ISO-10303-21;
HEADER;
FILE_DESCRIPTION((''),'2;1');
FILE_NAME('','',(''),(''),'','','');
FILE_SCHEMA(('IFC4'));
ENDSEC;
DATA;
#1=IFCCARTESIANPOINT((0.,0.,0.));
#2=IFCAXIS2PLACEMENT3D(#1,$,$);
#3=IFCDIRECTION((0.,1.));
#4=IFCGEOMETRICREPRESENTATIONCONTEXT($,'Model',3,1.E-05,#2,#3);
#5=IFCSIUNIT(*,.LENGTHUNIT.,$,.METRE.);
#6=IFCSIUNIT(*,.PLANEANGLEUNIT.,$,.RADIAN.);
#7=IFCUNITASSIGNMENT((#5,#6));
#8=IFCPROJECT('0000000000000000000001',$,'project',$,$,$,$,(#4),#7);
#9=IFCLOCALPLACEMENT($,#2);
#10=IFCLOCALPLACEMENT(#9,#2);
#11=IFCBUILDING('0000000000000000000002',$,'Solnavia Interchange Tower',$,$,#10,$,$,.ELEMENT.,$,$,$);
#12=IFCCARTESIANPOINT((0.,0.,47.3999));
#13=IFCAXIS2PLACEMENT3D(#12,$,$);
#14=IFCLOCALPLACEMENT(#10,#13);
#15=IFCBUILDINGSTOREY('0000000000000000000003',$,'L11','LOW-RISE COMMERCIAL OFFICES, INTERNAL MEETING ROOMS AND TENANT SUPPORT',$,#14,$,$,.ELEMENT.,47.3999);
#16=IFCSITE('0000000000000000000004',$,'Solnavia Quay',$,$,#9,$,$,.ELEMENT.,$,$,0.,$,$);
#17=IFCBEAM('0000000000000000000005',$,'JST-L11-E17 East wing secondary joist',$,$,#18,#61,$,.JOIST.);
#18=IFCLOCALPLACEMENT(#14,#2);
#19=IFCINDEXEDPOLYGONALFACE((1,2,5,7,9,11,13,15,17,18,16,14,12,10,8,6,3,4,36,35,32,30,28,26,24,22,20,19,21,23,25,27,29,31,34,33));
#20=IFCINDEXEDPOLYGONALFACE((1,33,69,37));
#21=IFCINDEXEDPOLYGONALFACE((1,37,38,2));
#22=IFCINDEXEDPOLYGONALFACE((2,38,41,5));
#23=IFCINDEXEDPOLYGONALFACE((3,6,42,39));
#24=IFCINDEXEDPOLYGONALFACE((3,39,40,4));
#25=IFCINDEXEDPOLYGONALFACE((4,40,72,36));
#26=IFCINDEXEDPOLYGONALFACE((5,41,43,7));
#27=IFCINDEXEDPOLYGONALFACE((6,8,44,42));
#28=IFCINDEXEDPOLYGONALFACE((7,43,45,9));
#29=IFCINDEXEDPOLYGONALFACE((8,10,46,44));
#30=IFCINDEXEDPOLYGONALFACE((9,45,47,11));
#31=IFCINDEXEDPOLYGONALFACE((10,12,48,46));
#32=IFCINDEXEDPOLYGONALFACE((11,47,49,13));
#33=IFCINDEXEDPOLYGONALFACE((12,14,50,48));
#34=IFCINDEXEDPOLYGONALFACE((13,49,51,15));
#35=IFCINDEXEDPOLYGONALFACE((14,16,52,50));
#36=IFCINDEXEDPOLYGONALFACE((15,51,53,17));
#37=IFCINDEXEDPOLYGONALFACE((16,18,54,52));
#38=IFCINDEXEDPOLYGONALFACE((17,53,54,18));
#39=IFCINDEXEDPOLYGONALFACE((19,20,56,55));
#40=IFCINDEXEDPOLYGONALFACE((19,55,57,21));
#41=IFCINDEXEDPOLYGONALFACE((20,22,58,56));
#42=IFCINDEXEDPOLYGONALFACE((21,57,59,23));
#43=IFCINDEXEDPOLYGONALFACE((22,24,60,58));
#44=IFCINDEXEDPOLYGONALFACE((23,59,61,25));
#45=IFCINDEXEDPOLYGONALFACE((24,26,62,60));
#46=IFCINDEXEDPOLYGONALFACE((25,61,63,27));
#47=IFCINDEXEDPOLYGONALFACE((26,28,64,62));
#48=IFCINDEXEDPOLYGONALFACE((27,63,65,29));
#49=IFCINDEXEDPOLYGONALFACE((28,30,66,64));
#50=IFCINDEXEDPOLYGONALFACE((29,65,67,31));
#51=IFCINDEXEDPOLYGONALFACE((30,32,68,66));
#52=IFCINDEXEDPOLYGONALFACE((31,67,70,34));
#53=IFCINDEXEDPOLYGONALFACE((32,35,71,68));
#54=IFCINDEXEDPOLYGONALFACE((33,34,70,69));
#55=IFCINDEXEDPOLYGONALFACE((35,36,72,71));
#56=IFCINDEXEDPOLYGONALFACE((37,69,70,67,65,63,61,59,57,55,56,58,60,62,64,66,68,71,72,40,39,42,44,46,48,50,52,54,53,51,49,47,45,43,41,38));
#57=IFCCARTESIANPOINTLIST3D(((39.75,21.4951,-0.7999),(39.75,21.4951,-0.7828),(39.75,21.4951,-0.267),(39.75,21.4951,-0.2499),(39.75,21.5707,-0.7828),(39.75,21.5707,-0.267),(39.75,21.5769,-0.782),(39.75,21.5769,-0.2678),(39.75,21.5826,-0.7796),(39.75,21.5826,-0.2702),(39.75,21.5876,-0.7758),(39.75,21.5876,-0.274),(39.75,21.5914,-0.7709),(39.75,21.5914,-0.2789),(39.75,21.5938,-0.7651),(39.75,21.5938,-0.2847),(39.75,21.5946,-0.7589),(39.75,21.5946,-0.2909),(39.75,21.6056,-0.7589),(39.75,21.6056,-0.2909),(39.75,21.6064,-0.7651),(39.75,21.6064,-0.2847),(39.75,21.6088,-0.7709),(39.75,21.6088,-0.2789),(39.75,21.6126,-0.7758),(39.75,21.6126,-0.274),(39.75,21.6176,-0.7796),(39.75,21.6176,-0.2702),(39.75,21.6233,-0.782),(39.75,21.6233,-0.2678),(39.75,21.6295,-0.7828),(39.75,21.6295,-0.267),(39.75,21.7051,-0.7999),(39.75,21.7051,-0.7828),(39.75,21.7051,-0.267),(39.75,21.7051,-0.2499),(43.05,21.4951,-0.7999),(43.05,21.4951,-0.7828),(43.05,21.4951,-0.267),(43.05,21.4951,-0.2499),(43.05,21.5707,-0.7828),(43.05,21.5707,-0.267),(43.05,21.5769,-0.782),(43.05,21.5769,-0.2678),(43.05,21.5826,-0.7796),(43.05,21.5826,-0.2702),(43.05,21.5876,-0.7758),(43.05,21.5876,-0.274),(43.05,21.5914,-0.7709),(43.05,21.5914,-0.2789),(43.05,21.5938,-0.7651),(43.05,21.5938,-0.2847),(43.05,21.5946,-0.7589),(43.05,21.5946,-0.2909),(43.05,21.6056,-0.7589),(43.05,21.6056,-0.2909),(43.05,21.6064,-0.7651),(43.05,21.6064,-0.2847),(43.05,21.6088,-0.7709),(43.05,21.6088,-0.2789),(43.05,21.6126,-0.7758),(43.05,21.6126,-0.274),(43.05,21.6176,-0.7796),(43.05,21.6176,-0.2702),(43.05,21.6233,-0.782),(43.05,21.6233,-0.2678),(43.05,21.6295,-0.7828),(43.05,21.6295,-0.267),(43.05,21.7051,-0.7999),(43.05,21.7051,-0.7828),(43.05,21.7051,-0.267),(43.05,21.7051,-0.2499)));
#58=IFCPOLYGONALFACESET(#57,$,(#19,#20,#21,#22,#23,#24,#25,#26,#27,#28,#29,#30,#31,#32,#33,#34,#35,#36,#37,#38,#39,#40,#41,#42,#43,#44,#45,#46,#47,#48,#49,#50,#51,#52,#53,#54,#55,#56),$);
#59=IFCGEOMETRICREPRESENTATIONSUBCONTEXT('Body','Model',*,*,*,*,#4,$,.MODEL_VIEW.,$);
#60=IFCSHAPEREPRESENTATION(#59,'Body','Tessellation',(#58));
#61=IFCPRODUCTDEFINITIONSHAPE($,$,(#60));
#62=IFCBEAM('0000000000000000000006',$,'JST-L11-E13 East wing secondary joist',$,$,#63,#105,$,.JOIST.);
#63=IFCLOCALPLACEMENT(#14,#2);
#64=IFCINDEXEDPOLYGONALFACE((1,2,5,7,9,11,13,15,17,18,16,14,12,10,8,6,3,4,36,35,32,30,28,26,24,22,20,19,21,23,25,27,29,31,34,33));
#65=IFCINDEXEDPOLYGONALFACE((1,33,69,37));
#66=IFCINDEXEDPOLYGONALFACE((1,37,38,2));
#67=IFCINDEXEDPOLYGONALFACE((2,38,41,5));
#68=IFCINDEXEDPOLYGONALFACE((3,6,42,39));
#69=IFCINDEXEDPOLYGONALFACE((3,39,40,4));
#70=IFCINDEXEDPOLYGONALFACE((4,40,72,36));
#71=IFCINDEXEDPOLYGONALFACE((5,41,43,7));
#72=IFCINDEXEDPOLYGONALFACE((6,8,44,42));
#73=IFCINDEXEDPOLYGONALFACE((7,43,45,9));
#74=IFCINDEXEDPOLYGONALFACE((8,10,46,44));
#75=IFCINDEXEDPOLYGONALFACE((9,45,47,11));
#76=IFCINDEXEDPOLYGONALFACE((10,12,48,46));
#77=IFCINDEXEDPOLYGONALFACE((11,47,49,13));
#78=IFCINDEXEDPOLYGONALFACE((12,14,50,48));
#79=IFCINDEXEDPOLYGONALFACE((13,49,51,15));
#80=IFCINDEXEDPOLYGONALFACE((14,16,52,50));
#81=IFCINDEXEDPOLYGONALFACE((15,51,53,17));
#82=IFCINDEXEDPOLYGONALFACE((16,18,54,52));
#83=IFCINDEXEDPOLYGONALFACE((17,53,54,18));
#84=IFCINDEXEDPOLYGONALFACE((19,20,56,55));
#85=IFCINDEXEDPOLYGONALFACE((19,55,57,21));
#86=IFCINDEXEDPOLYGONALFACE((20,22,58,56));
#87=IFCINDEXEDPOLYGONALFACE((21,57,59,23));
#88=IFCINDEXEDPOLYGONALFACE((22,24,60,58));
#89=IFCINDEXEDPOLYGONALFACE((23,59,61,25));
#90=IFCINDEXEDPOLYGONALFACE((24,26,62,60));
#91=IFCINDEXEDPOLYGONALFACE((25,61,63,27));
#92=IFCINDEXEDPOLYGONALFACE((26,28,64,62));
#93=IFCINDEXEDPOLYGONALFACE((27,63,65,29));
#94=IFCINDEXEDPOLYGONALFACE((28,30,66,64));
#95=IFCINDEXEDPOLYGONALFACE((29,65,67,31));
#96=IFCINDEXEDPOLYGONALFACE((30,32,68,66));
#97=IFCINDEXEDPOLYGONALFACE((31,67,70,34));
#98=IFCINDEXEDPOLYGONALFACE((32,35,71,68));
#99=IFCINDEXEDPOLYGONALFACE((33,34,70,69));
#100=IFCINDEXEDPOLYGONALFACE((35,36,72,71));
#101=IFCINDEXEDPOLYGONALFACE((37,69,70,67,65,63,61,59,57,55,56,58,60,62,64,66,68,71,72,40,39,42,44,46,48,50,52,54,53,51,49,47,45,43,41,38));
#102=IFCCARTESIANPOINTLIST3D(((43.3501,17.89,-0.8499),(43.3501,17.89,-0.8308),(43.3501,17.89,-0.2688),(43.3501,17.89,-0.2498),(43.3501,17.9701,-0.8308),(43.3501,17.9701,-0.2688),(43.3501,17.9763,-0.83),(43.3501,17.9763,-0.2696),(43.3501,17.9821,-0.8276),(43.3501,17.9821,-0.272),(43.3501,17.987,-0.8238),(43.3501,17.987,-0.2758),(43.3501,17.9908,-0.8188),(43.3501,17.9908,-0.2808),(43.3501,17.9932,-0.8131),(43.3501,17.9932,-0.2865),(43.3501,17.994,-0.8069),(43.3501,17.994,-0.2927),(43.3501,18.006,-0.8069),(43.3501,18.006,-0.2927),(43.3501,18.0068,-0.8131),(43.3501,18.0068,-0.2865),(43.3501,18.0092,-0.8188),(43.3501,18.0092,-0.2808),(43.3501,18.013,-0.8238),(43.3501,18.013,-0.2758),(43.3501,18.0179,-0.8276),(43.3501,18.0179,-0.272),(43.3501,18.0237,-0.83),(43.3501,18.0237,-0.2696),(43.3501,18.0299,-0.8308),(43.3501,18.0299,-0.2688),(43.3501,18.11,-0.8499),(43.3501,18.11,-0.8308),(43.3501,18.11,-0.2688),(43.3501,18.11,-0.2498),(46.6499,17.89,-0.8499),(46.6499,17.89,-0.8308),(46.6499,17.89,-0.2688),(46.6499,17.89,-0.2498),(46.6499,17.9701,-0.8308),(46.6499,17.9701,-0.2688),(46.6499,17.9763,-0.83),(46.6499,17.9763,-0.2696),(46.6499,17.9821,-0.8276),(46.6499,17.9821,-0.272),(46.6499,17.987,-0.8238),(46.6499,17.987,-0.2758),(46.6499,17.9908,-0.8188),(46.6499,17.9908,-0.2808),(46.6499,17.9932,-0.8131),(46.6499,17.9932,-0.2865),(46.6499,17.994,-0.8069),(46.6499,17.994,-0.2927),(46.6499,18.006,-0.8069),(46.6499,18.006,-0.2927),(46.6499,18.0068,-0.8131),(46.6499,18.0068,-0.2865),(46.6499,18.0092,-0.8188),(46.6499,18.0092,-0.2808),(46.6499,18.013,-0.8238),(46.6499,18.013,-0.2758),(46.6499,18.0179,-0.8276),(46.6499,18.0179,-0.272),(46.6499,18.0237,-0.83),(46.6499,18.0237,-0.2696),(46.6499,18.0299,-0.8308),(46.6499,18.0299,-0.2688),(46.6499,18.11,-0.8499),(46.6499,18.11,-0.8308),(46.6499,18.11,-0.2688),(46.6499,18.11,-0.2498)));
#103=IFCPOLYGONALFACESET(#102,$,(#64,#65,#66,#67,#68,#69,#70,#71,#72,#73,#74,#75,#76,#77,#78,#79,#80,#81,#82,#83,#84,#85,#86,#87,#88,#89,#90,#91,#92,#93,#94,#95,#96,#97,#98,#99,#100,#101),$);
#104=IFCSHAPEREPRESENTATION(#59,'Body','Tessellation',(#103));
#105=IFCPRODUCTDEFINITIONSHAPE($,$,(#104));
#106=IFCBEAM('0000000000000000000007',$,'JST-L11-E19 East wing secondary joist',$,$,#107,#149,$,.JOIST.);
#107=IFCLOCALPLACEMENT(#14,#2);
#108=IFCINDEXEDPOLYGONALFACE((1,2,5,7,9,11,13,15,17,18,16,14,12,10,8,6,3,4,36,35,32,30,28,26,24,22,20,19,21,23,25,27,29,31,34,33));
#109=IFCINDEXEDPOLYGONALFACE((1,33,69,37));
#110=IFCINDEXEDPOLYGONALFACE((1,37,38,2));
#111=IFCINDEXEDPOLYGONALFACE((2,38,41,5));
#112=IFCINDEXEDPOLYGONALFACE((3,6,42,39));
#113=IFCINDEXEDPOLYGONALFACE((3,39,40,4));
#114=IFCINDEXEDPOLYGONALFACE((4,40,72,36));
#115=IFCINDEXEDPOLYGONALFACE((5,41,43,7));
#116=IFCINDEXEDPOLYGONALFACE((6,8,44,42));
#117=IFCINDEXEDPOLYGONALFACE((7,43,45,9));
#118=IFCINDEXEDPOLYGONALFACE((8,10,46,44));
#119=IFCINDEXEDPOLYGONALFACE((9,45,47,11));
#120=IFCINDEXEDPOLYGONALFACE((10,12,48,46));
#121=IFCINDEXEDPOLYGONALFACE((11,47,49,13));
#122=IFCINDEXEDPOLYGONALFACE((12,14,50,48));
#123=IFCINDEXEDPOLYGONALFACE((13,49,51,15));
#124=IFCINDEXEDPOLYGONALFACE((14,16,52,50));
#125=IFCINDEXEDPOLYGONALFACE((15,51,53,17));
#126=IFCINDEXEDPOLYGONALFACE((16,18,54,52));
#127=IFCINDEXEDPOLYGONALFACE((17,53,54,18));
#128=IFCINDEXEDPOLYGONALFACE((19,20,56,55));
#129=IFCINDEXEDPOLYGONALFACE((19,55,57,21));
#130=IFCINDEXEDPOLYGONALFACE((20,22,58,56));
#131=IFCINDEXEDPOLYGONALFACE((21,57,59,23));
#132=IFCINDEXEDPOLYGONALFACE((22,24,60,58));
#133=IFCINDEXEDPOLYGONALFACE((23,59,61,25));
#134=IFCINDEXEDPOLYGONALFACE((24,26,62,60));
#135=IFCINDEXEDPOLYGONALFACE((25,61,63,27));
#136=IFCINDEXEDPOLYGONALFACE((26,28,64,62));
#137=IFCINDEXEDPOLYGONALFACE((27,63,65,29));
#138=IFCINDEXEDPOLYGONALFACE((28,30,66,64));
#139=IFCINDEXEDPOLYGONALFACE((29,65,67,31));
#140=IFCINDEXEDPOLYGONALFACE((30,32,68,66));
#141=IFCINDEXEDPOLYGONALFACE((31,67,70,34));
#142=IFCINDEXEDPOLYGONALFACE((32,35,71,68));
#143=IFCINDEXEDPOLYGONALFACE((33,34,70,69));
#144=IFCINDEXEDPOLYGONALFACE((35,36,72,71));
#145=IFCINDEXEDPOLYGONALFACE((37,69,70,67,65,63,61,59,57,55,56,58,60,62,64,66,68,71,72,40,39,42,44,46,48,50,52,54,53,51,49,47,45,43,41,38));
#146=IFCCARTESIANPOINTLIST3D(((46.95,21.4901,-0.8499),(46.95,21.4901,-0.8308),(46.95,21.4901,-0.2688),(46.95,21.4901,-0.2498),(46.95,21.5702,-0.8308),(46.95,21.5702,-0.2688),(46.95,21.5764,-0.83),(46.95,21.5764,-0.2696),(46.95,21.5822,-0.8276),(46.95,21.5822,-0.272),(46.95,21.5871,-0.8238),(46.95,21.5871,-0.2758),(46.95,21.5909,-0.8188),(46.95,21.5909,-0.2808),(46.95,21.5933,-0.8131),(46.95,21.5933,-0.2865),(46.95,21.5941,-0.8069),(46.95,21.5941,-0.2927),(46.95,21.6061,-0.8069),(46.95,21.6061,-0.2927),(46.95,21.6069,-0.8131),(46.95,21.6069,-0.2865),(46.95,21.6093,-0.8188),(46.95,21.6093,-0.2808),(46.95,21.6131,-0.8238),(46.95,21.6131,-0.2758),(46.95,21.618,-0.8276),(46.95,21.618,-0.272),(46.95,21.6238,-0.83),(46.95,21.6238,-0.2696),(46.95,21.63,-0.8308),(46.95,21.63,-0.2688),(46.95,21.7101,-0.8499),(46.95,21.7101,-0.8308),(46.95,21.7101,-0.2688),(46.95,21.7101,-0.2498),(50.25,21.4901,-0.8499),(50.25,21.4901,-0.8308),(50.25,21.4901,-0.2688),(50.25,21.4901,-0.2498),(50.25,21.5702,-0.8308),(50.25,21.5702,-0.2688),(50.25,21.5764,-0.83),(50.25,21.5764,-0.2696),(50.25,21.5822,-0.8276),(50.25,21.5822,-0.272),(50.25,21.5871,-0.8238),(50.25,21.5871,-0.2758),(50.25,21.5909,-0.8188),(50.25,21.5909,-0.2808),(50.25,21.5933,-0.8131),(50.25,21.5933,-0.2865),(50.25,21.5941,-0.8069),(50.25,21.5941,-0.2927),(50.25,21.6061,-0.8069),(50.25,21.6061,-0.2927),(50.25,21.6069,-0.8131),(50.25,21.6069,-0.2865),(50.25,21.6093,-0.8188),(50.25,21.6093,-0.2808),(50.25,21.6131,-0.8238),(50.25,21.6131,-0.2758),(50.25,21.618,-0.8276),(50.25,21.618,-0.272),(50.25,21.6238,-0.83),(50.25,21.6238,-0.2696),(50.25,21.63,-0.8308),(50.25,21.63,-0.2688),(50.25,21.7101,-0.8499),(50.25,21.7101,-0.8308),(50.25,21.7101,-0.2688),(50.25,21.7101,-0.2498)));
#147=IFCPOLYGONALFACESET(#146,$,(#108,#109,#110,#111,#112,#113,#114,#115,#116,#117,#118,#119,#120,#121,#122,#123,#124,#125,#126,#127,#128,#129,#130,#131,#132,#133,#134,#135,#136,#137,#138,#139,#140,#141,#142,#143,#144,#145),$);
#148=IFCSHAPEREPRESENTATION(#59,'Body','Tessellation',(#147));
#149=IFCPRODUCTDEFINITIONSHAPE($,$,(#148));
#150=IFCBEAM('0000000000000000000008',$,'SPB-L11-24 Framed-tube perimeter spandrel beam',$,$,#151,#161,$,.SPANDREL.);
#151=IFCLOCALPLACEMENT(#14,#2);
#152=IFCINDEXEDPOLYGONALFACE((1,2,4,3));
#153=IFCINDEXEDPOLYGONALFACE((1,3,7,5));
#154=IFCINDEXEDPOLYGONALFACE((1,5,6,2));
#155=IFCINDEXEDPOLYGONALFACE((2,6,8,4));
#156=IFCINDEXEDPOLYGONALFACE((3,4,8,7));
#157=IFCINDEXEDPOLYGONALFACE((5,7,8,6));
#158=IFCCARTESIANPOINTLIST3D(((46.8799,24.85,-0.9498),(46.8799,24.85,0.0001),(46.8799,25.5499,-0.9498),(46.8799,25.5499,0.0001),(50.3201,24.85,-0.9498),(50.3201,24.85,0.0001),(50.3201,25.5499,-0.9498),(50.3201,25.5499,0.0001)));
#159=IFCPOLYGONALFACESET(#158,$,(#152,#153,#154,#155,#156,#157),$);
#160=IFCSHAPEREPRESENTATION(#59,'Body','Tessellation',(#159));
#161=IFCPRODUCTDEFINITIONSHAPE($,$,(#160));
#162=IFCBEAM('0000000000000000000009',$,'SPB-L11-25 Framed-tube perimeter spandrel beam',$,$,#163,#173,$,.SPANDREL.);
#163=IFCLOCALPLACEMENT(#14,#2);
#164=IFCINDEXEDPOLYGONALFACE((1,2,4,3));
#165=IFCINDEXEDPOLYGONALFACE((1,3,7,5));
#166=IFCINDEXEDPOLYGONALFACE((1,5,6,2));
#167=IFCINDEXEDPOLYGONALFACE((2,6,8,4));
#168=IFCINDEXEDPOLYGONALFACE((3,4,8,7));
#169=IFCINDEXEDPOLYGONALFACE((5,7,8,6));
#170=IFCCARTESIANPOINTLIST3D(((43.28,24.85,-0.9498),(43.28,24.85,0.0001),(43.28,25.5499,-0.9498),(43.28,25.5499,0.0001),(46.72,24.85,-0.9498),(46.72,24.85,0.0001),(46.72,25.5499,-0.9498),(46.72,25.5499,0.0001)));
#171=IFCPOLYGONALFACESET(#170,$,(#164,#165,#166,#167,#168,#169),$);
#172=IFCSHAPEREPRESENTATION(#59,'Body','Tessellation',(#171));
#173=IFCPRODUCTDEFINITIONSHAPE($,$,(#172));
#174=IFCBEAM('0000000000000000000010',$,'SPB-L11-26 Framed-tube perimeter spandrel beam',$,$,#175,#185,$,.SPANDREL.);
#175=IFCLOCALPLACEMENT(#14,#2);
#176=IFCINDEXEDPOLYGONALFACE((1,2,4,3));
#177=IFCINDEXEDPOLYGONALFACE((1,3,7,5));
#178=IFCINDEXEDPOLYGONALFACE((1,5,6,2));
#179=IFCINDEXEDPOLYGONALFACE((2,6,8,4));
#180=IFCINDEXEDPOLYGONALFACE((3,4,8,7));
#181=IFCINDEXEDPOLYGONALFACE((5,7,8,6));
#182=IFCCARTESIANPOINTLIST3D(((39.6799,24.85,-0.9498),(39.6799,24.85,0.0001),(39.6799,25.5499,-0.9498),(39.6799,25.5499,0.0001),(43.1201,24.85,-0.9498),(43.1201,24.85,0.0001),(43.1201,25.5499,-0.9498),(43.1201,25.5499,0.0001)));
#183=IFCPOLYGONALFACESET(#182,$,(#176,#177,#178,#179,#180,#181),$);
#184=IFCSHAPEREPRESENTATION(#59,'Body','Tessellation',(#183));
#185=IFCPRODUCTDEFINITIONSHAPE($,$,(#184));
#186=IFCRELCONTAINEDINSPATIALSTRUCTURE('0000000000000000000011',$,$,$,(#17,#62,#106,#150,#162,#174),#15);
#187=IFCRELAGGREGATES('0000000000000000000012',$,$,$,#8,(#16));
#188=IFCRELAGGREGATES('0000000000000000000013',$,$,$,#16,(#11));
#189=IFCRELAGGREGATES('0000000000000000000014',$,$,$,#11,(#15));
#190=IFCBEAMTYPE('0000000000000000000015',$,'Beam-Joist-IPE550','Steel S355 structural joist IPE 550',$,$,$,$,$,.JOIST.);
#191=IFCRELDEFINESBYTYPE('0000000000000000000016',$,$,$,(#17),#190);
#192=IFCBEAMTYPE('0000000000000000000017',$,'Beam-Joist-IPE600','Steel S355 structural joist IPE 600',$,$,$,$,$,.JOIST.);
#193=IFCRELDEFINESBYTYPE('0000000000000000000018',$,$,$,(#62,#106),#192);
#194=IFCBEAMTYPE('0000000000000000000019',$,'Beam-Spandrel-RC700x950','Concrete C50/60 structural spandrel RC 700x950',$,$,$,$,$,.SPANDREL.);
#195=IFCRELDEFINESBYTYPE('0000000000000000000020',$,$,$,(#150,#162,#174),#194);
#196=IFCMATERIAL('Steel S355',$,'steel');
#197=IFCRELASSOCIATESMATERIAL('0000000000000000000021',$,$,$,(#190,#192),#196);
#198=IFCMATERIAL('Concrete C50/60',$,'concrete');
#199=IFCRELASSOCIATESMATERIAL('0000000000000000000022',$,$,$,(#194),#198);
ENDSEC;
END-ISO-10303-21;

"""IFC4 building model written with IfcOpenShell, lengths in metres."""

from ifc_helpers import new_model, si_unit, direction, frame, origin, origin_2d, place, context, subcontext, project, spatial, rectangle, i_section, extrude, material, material_profile, profile_set, type_object, element, save


model = new_model("IFC4")

# Units and contexts
model_context = context("Model", 3, precision=1e-05, world=origin(), true_north=direction((0.0, 1.0)))
body_context = subcontext(model_context, "Body", "Model", "MODEL_VIEW")
ifc_project = project(units=[si_unit("LENGTHUNIT", "METRE"), si_unit("PLANEANGLEUNIT", "RADIAN")], contexts=[model_context])

# Site, building, storey
site_placement = place(None, origin())
site = spatial("IfcSite", under=ifc_project, at=site_placement, Name="Solnavia Quay", CompositionType="ELEMENT", RefElevation=0.0)
building_placement = place(site_placement, origin())
building = spatial("IfcBuilding", under=site, at=building_placement, Name="Solnavia Interchange Tower", CompositionType="ELEMENT")
storey_placement = place(building_placement, frame((0.0, 0.0, 47.3999)))
storey = spatial("IfcBuildingStorey", under=building, at=storey_placement, Name="L11", Description="LOW-RISE COMMERCIAL OFFICES, INTERNAL MEETING ROOMS AND TENANT SUPPORT", CompositionType="ELEMENT", Elevation=47.3999)

# Beams
ifc_material_1 = material(Name="Steel S355", Category="steel")
ifc_material_profile_1 = material_profile(ifc_material_1, i_section(OverallWidth=0.21, OverallDepth=0.55, WebThickness=0.011, FlangeThickness=0.0171, FilletRadius=0.0239, at=origin_2d()), Name="IPE 550")
ifc_profile_set_1 = profile_set([ifc_material_profile_1], Name="Steel S355")
beam_type_1 = type_object("IfcBeamType", Name="Beam-Joist-IPE550", Description="Steel S355 structural joist IPE 550", PredefinedType="JOIST", material=ifc_profile_set_1)
for number, where, z_axis, x_axis, name in (
    (1, (39.75, 21.6001, -0.5249), (1.0, 0.0, 0.0), (0.0, 1.0, 0.0), "JST-L11-E17 East wing secondary joist"),
):
    element("IfcBeam", number, at=place(storey_placement, frame(where, z_axis=z_axis, x_axis=x_axis)), inside=storey, type_object=beam_type_1, Name=name, PredefinedType="JOIST", context=body_context, shape_type="SweptSolid", body=[
        extrude(i_section(OverallWidth=0.21, OverallDepth=0.55, WebThickness=0.011, FlangeThickness=0.0171, FilletRadius=0.0239, at=origin_2d()), origin(), (0.0, 0.0, 1.0), 3.3),
    ])
ifc_material_profile_2 = material_profile(ifc_material_1, i_section(OverallWidth=0.22, OverallDepth=0.6001, WebThickness=0.012, FlangeThickness=0.019, FilletRadius=0.0239, at=origin_2d()), Name="IPE 600")
ifc_profile_set_2 = profile_set([ifc_material_profile_2], Name="Steel S355")
beam_type_2 = type_object("IfcBeamType", Name="Beam-Joist-IPE600", Description="Steel S355 structural joist IPE 600", PredefinedType="JOIST", material=ifc_profile_set_2)
beam_1_placement = place(storey_placement, frame((43.3501, 18.0, -0.5498), z_axis=(1.0, 0.0, 0.0), x_axis=(0.0, 1.0, 0.0)))
element("IfcBeam", 2, at=beam_1_placement, inside=storey, type_object=beam_type_2, Name="JST-L11-E13 East wing secondary joist", PredefinedType="JOIST", context=body_context, shape_type="SweptSolid", body=[
    extrude(i_section(OverallWidth=0.22, OverallDepth=0.6001, WebThickness=0.012, FlangeThickness=0.019, FilletRadius=0.0239, at=origin_2d()), origin(), (0.0, 0.0, 1.0), 3.2998),
])
beam_2_placement = place(storey_placement, frame((46.95, 21.6001, -0.5498), z_axis=(1.0, 0.0, 0.0), x_axis=(0.0, 1.0, 0.0)))
element("IfcBeam", 3, at=beam_2_placement, inside=storey, type_object=beam_type_2, Name="JST-L11-E19 East wing secondary joist", PredefinedType="JOIST", context=body_context, shape_type="SweptSolid", body=[
    extrude(i_section(OverallWidth=0.22, OverallDepth=0.6001, WebThickness=0.012, FlangeThickness=0.019, FilletRadius=0.0239, at=origin_2d()), origin(), (0.0, 0.0, 1.0), 3.3),
])
ifc_material_2 = material(Name="Concrete C50/60", Category="concrete")
ifc_material_profile_3 = material_profile(ifc_material_2, rectangle(XDim=0.7, YDim=0.95, at=origin_2d()), Name="RC 700x950")
ifc_profile_set_3 = profile_set([ifc_material_profile_3], Name="Concrete C50/60")
beam_type_3 = type_object("IfcBeamType", Name="Beam-Spandrel-RC700x950", Description="Concrete C50/60 structural spandrel RC 700x950", PredefinedType="SPANDREL", material=ifc_profile_set_3)
beam_3_placement = place(storey_placement, frame((50.3201, 25.2, -0.4749), z_axis=(-1.0, 0.0, 0.0), x_axis=(0.0, -1.0, 0.0)))
element("IfcBeam", 4, at=beam_3_placement, inside=storey, type_object=beam_type_3, Name="SPB-L11-24 Framed-tube perimeter spandrel beam", PredefinedType="SPANDREL", context=body_context, shape_type="SweptSolid", body=[
    extrude(rectangle(XDim=0.7, YDim=0.95, at=origin_2d()), origin(), (0.0, 0.0, 1.0), 3.4402),
])
beam_4_placement = place(storey_placement, frame((46.72, 25.2, -0.4749), z_axis=(-1.0, 0.0, 0.0), x_axis=(0.0, -1.0, 0.0)))
element("IfcBeam", 5, at=beam_4_placement, inside=storey, type_object=beam_type_3, Name="SPB-L11-25 Framed-tube perimeter spandrel beam", PredefinedType="SPANDREL", context=body_context, shape_type="SweptSolid", body=[
    extrude(rectangle(XDim=0.7, YDim=0.95, at=origin_2d()), origin(), (0.0, 0.0, 1.0), 3.4399),
])
beam_5_placement = place(storey_placement, frame((43.1201, 25.2, -0.4749), z_axis=(-1.0, 0.0, 0.0), x_axis=(0.0, -1.0, 0.0)))
element("IfcBeam", 6, at=beam_5_placement, inside=storey, type_object=beam_type_3, Name="SPB-L11-26 Framed-tube perimeter spandrel beam", PredefinedType="SPANDREL", context=body_context, shape_type="SweptSolid", body=[
    extrude(rectangle(XDim=0.7, YDim=0.95, at=origin_2d()), origin(), (0.0, 0.0, 1.0), 3.4402),
])

save(model, "model.ifc")
